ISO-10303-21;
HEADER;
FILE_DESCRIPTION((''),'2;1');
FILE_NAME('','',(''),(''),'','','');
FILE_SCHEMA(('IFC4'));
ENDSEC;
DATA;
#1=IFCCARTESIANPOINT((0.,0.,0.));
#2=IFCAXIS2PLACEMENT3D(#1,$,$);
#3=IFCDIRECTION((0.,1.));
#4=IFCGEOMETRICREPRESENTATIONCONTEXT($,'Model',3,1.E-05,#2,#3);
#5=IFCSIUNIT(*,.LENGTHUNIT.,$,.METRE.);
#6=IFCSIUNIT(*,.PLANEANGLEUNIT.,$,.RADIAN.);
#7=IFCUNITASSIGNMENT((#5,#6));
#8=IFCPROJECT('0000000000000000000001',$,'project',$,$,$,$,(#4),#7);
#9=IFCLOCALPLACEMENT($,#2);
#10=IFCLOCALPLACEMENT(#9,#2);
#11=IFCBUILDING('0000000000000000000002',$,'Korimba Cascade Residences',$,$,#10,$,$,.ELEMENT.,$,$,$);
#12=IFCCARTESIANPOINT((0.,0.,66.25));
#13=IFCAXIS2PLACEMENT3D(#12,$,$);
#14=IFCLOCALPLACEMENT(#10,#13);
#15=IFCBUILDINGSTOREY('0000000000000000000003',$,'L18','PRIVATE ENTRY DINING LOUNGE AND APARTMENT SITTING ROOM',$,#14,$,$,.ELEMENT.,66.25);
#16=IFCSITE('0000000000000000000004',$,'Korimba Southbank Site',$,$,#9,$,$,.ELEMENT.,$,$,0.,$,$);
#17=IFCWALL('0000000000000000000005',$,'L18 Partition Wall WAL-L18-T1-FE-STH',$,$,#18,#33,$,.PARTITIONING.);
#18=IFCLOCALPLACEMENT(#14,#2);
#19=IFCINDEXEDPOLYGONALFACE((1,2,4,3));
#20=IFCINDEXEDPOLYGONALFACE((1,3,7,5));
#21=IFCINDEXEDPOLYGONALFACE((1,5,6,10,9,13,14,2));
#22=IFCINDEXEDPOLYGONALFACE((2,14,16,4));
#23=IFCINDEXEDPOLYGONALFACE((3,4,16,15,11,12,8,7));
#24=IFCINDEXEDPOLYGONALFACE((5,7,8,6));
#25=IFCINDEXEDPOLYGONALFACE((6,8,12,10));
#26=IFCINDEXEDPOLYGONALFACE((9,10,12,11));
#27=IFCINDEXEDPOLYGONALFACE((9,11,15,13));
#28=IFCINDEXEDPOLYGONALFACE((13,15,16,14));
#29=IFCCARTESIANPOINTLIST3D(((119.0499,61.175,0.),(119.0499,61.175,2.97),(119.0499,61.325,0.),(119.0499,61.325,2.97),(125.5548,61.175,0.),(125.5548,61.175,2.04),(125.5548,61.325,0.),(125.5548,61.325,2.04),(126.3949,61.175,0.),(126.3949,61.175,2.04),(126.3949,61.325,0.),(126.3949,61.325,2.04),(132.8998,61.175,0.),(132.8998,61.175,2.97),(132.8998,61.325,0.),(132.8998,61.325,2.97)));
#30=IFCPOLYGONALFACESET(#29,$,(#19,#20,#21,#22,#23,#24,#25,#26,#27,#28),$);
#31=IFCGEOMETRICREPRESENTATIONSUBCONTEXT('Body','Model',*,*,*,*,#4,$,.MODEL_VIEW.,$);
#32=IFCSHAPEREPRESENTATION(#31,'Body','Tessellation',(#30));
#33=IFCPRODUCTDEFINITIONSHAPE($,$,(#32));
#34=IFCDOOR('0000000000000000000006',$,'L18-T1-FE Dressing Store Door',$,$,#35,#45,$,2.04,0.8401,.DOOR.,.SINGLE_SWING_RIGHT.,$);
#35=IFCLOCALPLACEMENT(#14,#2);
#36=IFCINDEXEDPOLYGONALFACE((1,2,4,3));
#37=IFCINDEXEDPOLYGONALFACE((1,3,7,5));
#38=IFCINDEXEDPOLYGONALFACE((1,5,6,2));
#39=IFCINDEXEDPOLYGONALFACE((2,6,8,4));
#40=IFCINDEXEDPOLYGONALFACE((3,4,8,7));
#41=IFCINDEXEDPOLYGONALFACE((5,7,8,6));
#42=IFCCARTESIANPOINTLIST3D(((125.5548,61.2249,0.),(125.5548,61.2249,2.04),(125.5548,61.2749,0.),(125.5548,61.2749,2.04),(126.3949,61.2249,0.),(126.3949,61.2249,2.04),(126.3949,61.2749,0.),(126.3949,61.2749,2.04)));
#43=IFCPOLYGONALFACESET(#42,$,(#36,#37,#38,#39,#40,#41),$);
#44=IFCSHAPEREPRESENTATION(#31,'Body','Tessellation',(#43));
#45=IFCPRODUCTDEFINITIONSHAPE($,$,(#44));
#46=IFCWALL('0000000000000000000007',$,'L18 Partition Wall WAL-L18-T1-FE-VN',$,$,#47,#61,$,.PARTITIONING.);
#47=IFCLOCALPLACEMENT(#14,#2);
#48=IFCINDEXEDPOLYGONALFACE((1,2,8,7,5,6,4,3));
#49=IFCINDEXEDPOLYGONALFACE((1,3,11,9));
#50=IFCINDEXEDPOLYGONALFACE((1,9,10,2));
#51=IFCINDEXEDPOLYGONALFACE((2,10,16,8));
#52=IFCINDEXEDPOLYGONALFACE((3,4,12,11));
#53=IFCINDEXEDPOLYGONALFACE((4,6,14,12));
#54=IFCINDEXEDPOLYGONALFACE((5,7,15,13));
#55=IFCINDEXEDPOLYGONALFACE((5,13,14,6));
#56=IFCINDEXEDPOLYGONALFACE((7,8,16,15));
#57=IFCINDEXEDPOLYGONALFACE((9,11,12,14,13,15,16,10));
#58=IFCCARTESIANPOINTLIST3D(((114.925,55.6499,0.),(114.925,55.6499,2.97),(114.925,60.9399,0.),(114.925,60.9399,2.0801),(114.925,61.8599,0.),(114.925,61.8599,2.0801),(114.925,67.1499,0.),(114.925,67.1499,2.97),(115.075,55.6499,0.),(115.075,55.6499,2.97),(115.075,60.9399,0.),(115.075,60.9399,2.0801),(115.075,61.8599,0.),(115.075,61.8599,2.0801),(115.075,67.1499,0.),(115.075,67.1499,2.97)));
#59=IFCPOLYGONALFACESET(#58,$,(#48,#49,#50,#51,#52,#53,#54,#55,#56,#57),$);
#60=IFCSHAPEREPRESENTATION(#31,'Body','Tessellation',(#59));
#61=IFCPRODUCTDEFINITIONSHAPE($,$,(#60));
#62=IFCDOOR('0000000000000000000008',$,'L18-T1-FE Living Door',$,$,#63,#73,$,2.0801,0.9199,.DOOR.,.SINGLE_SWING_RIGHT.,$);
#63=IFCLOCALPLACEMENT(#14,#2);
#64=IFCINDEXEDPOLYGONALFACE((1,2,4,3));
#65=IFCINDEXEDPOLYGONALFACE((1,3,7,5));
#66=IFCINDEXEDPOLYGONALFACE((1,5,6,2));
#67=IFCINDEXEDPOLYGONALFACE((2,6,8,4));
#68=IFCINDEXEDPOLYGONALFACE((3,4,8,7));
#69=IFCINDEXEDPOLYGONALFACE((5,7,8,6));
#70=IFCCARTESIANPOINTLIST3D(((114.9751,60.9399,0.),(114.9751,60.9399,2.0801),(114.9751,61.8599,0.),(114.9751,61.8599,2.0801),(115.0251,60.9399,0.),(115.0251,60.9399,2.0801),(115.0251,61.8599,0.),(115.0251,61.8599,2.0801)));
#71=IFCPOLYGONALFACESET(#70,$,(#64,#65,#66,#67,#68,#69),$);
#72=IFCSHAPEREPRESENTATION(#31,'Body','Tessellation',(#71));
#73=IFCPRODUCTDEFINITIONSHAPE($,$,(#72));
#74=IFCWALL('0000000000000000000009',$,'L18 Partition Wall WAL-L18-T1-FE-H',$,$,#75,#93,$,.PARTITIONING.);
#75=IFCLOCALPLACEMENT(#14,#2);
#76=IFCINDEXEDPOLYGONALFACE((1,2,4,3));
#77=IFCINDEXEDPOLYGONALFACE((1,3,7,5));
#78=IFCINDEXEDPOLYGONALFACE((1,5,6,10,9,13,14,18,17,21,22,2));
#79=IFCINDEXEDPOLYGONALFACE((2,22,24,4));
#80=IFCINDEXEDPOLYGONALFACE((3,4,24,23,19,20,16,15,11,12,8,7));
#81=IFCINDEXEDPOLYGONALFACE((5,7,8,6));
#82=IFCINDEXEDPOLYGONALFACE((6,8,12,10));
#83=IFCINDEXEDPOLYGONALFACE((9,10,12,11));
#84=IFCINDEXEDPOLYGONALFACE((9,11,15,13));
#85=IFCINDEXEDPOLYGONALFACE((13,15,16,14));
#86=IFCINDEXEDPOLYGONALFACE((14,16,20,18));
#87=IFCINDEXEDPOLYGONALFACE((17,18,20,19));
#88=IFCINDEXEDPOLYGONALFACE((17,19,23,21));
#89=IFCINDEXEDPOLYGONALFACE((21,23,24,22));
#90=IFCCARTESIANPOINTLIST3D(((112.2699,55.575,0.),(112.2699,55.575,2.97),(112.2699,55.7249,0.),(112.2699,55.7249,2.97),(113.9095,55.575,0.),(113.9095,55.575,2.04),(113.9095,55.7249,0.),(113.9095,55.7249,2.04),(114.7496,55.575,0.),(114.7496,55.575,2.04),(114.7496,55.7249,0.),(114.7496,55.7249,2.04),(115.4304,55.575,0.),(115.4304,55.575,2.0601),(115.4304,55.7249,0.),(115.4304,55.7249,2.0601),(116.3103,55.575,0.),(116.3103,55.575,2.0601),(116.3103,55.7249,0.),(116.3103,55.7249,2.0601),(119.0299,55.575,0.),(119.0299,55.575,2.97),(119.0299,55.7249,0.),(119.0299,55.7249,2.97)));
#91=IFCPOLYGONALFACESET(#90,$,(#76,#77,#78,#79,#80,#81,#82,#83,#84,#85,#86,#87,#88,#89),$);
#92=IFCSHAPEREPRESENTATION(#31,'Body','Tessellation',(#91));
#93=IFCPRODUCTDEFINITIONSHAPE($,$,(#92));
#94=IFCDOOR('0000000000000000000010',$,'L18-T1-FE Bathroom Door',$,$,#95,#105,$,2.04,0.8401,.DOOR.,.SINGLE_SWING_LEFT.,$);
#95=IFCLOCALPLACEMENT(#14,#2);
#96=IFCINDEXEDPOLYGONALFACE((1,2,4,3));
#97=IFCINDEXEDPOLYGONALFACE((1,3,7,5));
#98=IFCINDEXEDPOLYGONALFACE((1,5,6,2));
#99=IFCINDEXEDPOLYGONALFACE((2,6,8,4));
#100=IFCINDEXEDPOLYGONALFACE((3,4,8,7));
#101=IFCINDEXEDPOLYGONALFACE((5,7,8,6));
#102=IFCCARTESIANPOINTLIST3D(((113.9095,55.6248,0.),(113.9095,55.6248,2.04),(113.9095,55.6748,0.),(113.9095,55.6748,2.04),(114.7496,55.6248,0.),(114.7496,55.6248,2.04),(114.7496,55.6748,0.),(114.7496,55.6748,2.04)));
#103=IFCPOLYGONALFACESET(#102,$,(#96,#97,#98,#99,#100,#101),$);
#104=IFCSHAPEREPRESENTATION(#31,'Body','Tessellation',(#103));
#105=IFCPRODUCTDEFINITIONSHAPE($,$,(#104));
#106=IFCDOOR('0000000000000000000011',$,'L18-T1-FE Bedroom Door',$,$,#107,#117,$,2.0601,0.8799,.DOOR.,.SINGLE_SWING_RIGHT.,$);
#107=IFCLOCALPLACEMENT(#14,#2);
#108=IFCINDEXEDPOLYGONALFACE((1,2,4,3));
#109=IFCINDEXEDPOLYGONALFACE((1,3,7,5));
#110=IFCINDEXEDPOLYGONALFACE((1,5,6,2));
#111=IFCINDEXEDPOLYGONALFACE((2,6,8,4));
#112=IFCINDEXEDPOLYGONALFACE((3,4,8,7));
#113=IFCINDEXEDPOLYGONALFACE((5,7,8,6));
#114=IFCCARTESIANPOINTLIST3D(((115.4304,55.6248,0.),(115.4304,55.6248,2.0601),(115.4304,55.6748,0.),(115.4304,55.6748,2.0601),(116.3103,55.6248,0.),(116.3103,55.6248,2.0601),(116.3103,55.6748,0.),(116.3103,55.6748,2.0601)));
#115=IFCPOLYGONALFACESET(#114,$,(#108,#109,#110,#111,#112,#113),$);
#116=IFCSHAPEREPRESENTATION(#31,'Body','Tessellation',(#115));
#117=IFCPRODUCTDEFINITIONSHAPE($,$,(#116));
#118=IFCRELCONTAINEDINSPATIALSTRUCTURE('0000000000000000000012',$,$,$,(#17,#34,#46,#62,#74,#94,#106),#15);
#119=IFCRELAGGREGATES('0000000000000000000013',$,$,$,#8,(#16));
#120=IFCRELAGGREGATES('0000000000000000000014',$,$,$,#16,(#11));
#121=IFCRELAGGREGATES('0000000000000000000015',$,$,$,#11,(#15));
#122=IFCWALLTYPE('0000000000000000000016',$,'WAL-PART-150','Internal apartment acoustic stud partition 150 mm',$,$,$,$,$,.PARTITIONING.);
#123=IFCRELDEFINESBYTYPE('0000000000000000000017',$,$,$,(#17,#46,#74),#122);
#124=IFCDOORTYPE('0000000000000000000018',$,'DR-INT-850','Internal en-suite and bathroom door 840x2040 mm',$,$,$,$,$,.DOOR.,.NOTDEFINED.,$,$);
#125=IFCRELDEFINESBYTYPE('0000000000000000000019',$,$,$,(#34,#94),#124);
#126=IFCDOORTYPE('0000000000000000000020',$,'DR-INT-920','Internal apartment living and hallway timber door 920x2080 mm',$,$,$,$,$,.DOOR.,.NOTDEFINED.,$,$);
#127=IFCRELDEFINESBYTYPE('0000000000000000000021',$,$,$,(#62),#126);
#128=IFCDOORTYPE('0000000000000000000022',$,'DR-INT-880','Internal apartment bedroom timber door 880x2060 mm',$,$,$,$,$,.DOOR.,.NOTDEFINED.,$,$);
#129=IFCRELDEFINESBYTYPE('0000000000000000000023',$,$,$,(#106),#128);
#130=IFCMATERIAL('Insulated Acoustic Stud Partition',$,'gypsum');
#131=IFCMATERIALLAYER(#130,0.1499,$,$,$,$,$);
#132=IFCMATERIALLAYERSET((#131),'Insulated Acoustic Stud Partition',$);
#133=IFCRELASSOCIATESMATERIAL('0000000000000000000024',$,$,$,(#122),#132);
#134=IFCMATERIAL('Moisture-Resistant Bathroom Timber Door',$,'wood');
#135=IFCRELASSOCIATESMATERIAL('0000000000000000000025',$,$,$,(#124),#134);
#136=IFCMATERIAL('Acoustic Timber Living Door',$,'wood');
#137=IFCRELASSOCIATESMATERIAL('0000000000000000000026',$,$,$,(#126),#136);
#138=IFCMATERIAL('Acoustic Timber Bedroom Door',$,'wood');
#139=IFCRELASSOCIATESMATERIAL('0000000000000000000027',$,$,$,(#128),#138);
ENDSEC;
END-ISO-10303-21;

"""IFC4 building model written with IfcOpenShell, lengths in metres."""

from ifc_helpers import new_model, si_unit, direction, frame, frame_2d, origin, place, context, subcontext, project, spatial, rectangle, extrude, material, layer, layer_set, type_object, element, fill, save


model = new_model("IFC4")

# Units and contexts
model_context = context("Model", 3, precision=1e-05, world=origin(), true_north=direction((0.0, 1.0)))
body_context = subcontext(model_context, "Body", "Model", "MODEL_VIEW")
ifc_project = project(units=[si_unit("LENGTHUNIT", "METRE"), si_unit("PLANEANGLEUNIT", "RADIAN")], contexts=[model_context])

# Site, building, storey
site_placement = place(None, origin())
site = spatial("IfcSite", under=ifc_project, at=site_placement, Name="Korimba Southbank Site", CompositionType="ELEMENT", RefElevation=0.0)
building_placement = place(site_placement, origin())
building = spatial("IfcBuilding", under=site, at=building_placement, Name="Korimba Cascade Residences", CompositionType="ELEMENT")
storey_placement = place(building_placement, frame((0.0, 0.0, 66.25)))
storey = spatial("IfcBuildingStorey", under=building, at=storey_placement, Name="L18", Description="PRIVATE ENTRY DINING LOUNGE AND APARTMENT SITTING ROOM", CompositionType="ELEMENT", Elevation=66.25)

# Walls, openings, doors
ifc_material_1 = material(Name="Insulated Acoustic Stud Partition", Category="gypsum")
ifc_layer_1 = layer(ifc_material_1, 0.1499)
ifc_layer_set_1 = layer_set([ifc_layer_1], Name="Insulated Acoustic Stud Partition")
wall_type_1 = type_object("IfcWallType", Name="WAL-PART-150", Description="Internal apartment acoustic stud partition 150 mm", PredefinedType="PARTITIONING", material=ifc_layer_set_1)
wall_1_placement = place(storey_placement, frame((119.05, 61.25, 0.0), z_axis=(0.0, 0.0, 1.0), x_axis=(1.0, 0.0, 0.0)))
wall_1 = element("IfcWall", 1, at=wall_1_placement, inside=storey, type_object=wall_type_1, Name="L18 Partition Wall WAL-L18-T1-FE-STH", PredefinedType="PARTITIONING", context=body_context, shape_type="SweptSolid", body=[
    extrude(rectangle(XDim=13.8499, YDim=0.1499, at=frame_2d((6.9248, 0.0))), origin(), (0.0, 0.0, 1.0), 2.97),
])
opening_1_placement = place(wall_1_placement, frame((6.5049, 0.0, 0.0)))
opening_1 = element("IfcOpeningElement", 2, at=opening_1_placement, cuts=wall_1, PredefinedType="OPENING", context=body_context, shape_type="SweptSolid", body=[
    extrude(rectangle(XDim=0.8401, YDim=2.04, at=frame_2d((0.4199, 1.02))), frame((0.0, 0.085, 0.0), z_axis=(0.0, -1.0, 0.0), x_axis=(1.0, 0.0, 0.0)), (0.0, 0.0, 1.0), 0.1699),
])
ifc_material_2 = material(Name="Moisture-Resistant Bathroom Timber Door", Category="wood")
door_type_1 = type_object("IfcDoorType", Name="DR-INT-850", Description="Internal en-suite and bathroom door 840x2040 mm", OperationType="NOTDEFINED", PredefinedType="DOOR", material=ifc_material_2)
door_1_placement = place(opening_1_placement, origin())
door_1 = element("IfcDoor", 3, at=door_1_placement, inside=storey, type_object=door_type_1, Name="L18-T1-FE Dressing Store Door", OperationType="SINGLE_SWING_RIGHT", OverallHeight=2.04, OverallWidth=0.8401, PredefinedType="DOOR", context=body_context, shape_type="SweptSolid", body=[
    extrude(rectangle(XDim=0.8401, YDim=2.04, at=frame_2d((0.4199, 1.02))), frame((0.0, 0.0249, 0.0), z_axis=(0.0, -1.0, 0.0), x_axis=(1.0, 0.0, 0.0)), (0.0, 0.0, 1.0), 0.05),
])
fill(opening_1, door_1)
wall_2_placement = place(storey_placement, frame((115.0, 55.6499, 0.0), z_axis=(0.0, 0.0, 1.0), x_axis=(0.0, 1.0, 0.0)))
wall_2 = element("IfcWall", 4, at=wall_2_placement, inside=storey, type_object=wall_type_1, Name="L18 Partition Wall WAL-L18-T1-FE-VN", PredefinedType="PARTITIONING", context=body_context, shape_type="SweptSolid", body=[
    extrude(rectangle(XDim=11.5, YDim=0.1499, at=frame_2d((5.75, 0.0))), origin(), (0.0, 0.0, 1.0), 2.97),
])
opening_2_placement = place(wall_2_placement, frame((5.29, 0.0, 0.0)))
opening_2 = element("IfcOpeningElement", 5, at=opening_2_placement, cuts=wall_2, PredefinedType="OPENING", context=body_context, shape_type="SweptSolid", body=[
    extrude(rectangle(XDim=0.9199, YDim=2.0801, at=frame_2d((0.46, 1.04))), frame((0.0, 0.085, 0.0), z_axis=(0.0, -1.0, 0.0), x_axis=(1.0, 0.0, 0.0)), (0.0, 0.0, 1.0), 0.1699),
])
ifc_material_3 = material(Name="Acoustic Timber Living Door", Category="wood")
door_type_2 = type_object("IfcDoorType", Name="DR-INT-920", Description="Internal apartment living and hallway timber door 920x2080 mm", OperationType="NOTDEFINED", PredefinedType="DOOR", material=ifc_material_3)
door_2_placement = place(opening_2_placement, origin())
door_2 = element("IfcDoor", 6, at=door_2_placement, inside=storey, type_object=door_type_2, Name="L18-T1-FE Living Door", OperationType="SINGLE_SWING_RIGHT", OverallHeight=2.0801, OverallWidth=0.9199, PredefinedType="DOOR", context=body_context, shape_type="SweptSolid", body=[
    extrude(rectangle(XDim=0.9199, YDim=2.0801, at=frame_2d((0.46, 1.04))), frame((0.0, 0.0249, 0.0), z_axis=(0.0, -1.0, 0.0), x_axis=(1.0, 0.0, 0.0)), (0.0, 0.0, 1.0), 0.05),
])
fill(opening_2, door_2)

# Wall, openings, doors
wall_3_placement = place(storey_placement, frame((112.27, 55.6499, 0.0), z_axis=(0.0, 0.0, 1.0), x_axis=(1.0, 0.0, 0.0)))
wall_3 = element("IfcWall", 7, at=wall_3_placement, inside=storey, type_object=wall_type_1, Name="L18 Partition Wall WAL-L18-T1-FE-H", PredefinedType="PARTITIONING", context=body_context, shape_type="SweptSolid", body=[
    extrude(rectangle(XDim=6.76, YDim=0.1499, at=frame_2d((3.3799, 0.0))), origin(), (0.0, 0.0, 1.0), 2.97),
])
opening_3_placement = place(wall_3_placement, frame((1.6396, 0.0, 0.0)))
opening_3 = element("IfcOpeningElement", 8, at=opening_3_placement, cuts=wall_3, PredefinedType="OPENING", context=body_context, shape_type="SweptSolid", body=[
    extrude(rectangle(XDim=0.8401, YDim=2.04, at=frame_2d((0.4199, 1.02))), frame((0.0, 0.085, 0.0), z_axis=(0.0, -1.0, 0.0), x_axis=(1.0, 0.0, 0.0)), (0.0, 0.0, 1.0), 0.1699),
])
opening_4_placement = place(wall_3_placement, frame((3.1604, 0.0, 0.0)))
opening_4 = element("IfcOpeningElement", 9, at=opening_4_placement, cuts=wall_3, PredefinedType="OPENING", context=body_context, shape_type="SweptSolid", body=[
    extrude(rectangle(XDim=0.8799, YDim=2.0601, at=frame_2d((0.4399, 1.03))), frame((0.0, 0.085, 0.0), z_axis=(0.0, -1.0, 0.0), x_axis=(1.0, 0.0, 0.0)), (0.0, 0.0, 1.0), 0.1699),
])
door_3_placement = place(opening_3_placement, origin())
door_3 = element("IfcDoor", 10, at=door_3_placement, inside=storey, type_object=door_type_1, Name="L18-T1-FE Bathroom Door", OperationType="SINGLE_SWING_LEFT", OverallHeight=2.04, OverallWidth=0.8401, PredefinedType="DOOR", context=body_context, shape_type="SweptSolid", body=[
    extrude(rectangle(XDim=0.8401, YDim=2.04, at=frame_2d((0.4199, 1.02))), frame((0.0, 0.0249, 0.0), z_axis=(0.0, -1.0, 0.0), x_axis=(1.0, 0.0, 0.0)), (0.0, 0.0, 1.0), 0.05),
])
fill(opening_3, door_3)
ifc_material_4 = material(Name="Acoustic Timber Bedroom Door", Category="wood")
door_type_3 = type_object("IfcDoorType", Name="DR-INT-880", Description="Internal apartment bedroom timber door 880x2060 mm", OperationType="NOTDEFINED", PredefinedType="DOOR", material=ifc_material_4)
door_4_placement = place(opening_4_placement, origin())
door_4 = element("IfcDoor", 11, at=door_4_placement, inside=storey, type_object=door_type_3, Name="L18-T1-FE Bedroom Door", OperationType="SINGLE_SWING_RIGHT", OverallHeight=2.0601, OverallWidth=0.8799, PredefinedType="DOOR", context=body_context, shape_type="SweptSolid", body=[
    extrude(rectangle(XDim=0.8799, YDim=2.0601, at=frame_2d((0.4399, 1.03))), frame((0.0, 0.0249, 0.0), z_axis=(0.0, -1.0, 0.0), x_axis=(1.0, 0.0, 0.0)), (0.0, 0.0, 1.0), 0.05),
])
fill(opening_4, door_4)

save(model, "model.ifc")
